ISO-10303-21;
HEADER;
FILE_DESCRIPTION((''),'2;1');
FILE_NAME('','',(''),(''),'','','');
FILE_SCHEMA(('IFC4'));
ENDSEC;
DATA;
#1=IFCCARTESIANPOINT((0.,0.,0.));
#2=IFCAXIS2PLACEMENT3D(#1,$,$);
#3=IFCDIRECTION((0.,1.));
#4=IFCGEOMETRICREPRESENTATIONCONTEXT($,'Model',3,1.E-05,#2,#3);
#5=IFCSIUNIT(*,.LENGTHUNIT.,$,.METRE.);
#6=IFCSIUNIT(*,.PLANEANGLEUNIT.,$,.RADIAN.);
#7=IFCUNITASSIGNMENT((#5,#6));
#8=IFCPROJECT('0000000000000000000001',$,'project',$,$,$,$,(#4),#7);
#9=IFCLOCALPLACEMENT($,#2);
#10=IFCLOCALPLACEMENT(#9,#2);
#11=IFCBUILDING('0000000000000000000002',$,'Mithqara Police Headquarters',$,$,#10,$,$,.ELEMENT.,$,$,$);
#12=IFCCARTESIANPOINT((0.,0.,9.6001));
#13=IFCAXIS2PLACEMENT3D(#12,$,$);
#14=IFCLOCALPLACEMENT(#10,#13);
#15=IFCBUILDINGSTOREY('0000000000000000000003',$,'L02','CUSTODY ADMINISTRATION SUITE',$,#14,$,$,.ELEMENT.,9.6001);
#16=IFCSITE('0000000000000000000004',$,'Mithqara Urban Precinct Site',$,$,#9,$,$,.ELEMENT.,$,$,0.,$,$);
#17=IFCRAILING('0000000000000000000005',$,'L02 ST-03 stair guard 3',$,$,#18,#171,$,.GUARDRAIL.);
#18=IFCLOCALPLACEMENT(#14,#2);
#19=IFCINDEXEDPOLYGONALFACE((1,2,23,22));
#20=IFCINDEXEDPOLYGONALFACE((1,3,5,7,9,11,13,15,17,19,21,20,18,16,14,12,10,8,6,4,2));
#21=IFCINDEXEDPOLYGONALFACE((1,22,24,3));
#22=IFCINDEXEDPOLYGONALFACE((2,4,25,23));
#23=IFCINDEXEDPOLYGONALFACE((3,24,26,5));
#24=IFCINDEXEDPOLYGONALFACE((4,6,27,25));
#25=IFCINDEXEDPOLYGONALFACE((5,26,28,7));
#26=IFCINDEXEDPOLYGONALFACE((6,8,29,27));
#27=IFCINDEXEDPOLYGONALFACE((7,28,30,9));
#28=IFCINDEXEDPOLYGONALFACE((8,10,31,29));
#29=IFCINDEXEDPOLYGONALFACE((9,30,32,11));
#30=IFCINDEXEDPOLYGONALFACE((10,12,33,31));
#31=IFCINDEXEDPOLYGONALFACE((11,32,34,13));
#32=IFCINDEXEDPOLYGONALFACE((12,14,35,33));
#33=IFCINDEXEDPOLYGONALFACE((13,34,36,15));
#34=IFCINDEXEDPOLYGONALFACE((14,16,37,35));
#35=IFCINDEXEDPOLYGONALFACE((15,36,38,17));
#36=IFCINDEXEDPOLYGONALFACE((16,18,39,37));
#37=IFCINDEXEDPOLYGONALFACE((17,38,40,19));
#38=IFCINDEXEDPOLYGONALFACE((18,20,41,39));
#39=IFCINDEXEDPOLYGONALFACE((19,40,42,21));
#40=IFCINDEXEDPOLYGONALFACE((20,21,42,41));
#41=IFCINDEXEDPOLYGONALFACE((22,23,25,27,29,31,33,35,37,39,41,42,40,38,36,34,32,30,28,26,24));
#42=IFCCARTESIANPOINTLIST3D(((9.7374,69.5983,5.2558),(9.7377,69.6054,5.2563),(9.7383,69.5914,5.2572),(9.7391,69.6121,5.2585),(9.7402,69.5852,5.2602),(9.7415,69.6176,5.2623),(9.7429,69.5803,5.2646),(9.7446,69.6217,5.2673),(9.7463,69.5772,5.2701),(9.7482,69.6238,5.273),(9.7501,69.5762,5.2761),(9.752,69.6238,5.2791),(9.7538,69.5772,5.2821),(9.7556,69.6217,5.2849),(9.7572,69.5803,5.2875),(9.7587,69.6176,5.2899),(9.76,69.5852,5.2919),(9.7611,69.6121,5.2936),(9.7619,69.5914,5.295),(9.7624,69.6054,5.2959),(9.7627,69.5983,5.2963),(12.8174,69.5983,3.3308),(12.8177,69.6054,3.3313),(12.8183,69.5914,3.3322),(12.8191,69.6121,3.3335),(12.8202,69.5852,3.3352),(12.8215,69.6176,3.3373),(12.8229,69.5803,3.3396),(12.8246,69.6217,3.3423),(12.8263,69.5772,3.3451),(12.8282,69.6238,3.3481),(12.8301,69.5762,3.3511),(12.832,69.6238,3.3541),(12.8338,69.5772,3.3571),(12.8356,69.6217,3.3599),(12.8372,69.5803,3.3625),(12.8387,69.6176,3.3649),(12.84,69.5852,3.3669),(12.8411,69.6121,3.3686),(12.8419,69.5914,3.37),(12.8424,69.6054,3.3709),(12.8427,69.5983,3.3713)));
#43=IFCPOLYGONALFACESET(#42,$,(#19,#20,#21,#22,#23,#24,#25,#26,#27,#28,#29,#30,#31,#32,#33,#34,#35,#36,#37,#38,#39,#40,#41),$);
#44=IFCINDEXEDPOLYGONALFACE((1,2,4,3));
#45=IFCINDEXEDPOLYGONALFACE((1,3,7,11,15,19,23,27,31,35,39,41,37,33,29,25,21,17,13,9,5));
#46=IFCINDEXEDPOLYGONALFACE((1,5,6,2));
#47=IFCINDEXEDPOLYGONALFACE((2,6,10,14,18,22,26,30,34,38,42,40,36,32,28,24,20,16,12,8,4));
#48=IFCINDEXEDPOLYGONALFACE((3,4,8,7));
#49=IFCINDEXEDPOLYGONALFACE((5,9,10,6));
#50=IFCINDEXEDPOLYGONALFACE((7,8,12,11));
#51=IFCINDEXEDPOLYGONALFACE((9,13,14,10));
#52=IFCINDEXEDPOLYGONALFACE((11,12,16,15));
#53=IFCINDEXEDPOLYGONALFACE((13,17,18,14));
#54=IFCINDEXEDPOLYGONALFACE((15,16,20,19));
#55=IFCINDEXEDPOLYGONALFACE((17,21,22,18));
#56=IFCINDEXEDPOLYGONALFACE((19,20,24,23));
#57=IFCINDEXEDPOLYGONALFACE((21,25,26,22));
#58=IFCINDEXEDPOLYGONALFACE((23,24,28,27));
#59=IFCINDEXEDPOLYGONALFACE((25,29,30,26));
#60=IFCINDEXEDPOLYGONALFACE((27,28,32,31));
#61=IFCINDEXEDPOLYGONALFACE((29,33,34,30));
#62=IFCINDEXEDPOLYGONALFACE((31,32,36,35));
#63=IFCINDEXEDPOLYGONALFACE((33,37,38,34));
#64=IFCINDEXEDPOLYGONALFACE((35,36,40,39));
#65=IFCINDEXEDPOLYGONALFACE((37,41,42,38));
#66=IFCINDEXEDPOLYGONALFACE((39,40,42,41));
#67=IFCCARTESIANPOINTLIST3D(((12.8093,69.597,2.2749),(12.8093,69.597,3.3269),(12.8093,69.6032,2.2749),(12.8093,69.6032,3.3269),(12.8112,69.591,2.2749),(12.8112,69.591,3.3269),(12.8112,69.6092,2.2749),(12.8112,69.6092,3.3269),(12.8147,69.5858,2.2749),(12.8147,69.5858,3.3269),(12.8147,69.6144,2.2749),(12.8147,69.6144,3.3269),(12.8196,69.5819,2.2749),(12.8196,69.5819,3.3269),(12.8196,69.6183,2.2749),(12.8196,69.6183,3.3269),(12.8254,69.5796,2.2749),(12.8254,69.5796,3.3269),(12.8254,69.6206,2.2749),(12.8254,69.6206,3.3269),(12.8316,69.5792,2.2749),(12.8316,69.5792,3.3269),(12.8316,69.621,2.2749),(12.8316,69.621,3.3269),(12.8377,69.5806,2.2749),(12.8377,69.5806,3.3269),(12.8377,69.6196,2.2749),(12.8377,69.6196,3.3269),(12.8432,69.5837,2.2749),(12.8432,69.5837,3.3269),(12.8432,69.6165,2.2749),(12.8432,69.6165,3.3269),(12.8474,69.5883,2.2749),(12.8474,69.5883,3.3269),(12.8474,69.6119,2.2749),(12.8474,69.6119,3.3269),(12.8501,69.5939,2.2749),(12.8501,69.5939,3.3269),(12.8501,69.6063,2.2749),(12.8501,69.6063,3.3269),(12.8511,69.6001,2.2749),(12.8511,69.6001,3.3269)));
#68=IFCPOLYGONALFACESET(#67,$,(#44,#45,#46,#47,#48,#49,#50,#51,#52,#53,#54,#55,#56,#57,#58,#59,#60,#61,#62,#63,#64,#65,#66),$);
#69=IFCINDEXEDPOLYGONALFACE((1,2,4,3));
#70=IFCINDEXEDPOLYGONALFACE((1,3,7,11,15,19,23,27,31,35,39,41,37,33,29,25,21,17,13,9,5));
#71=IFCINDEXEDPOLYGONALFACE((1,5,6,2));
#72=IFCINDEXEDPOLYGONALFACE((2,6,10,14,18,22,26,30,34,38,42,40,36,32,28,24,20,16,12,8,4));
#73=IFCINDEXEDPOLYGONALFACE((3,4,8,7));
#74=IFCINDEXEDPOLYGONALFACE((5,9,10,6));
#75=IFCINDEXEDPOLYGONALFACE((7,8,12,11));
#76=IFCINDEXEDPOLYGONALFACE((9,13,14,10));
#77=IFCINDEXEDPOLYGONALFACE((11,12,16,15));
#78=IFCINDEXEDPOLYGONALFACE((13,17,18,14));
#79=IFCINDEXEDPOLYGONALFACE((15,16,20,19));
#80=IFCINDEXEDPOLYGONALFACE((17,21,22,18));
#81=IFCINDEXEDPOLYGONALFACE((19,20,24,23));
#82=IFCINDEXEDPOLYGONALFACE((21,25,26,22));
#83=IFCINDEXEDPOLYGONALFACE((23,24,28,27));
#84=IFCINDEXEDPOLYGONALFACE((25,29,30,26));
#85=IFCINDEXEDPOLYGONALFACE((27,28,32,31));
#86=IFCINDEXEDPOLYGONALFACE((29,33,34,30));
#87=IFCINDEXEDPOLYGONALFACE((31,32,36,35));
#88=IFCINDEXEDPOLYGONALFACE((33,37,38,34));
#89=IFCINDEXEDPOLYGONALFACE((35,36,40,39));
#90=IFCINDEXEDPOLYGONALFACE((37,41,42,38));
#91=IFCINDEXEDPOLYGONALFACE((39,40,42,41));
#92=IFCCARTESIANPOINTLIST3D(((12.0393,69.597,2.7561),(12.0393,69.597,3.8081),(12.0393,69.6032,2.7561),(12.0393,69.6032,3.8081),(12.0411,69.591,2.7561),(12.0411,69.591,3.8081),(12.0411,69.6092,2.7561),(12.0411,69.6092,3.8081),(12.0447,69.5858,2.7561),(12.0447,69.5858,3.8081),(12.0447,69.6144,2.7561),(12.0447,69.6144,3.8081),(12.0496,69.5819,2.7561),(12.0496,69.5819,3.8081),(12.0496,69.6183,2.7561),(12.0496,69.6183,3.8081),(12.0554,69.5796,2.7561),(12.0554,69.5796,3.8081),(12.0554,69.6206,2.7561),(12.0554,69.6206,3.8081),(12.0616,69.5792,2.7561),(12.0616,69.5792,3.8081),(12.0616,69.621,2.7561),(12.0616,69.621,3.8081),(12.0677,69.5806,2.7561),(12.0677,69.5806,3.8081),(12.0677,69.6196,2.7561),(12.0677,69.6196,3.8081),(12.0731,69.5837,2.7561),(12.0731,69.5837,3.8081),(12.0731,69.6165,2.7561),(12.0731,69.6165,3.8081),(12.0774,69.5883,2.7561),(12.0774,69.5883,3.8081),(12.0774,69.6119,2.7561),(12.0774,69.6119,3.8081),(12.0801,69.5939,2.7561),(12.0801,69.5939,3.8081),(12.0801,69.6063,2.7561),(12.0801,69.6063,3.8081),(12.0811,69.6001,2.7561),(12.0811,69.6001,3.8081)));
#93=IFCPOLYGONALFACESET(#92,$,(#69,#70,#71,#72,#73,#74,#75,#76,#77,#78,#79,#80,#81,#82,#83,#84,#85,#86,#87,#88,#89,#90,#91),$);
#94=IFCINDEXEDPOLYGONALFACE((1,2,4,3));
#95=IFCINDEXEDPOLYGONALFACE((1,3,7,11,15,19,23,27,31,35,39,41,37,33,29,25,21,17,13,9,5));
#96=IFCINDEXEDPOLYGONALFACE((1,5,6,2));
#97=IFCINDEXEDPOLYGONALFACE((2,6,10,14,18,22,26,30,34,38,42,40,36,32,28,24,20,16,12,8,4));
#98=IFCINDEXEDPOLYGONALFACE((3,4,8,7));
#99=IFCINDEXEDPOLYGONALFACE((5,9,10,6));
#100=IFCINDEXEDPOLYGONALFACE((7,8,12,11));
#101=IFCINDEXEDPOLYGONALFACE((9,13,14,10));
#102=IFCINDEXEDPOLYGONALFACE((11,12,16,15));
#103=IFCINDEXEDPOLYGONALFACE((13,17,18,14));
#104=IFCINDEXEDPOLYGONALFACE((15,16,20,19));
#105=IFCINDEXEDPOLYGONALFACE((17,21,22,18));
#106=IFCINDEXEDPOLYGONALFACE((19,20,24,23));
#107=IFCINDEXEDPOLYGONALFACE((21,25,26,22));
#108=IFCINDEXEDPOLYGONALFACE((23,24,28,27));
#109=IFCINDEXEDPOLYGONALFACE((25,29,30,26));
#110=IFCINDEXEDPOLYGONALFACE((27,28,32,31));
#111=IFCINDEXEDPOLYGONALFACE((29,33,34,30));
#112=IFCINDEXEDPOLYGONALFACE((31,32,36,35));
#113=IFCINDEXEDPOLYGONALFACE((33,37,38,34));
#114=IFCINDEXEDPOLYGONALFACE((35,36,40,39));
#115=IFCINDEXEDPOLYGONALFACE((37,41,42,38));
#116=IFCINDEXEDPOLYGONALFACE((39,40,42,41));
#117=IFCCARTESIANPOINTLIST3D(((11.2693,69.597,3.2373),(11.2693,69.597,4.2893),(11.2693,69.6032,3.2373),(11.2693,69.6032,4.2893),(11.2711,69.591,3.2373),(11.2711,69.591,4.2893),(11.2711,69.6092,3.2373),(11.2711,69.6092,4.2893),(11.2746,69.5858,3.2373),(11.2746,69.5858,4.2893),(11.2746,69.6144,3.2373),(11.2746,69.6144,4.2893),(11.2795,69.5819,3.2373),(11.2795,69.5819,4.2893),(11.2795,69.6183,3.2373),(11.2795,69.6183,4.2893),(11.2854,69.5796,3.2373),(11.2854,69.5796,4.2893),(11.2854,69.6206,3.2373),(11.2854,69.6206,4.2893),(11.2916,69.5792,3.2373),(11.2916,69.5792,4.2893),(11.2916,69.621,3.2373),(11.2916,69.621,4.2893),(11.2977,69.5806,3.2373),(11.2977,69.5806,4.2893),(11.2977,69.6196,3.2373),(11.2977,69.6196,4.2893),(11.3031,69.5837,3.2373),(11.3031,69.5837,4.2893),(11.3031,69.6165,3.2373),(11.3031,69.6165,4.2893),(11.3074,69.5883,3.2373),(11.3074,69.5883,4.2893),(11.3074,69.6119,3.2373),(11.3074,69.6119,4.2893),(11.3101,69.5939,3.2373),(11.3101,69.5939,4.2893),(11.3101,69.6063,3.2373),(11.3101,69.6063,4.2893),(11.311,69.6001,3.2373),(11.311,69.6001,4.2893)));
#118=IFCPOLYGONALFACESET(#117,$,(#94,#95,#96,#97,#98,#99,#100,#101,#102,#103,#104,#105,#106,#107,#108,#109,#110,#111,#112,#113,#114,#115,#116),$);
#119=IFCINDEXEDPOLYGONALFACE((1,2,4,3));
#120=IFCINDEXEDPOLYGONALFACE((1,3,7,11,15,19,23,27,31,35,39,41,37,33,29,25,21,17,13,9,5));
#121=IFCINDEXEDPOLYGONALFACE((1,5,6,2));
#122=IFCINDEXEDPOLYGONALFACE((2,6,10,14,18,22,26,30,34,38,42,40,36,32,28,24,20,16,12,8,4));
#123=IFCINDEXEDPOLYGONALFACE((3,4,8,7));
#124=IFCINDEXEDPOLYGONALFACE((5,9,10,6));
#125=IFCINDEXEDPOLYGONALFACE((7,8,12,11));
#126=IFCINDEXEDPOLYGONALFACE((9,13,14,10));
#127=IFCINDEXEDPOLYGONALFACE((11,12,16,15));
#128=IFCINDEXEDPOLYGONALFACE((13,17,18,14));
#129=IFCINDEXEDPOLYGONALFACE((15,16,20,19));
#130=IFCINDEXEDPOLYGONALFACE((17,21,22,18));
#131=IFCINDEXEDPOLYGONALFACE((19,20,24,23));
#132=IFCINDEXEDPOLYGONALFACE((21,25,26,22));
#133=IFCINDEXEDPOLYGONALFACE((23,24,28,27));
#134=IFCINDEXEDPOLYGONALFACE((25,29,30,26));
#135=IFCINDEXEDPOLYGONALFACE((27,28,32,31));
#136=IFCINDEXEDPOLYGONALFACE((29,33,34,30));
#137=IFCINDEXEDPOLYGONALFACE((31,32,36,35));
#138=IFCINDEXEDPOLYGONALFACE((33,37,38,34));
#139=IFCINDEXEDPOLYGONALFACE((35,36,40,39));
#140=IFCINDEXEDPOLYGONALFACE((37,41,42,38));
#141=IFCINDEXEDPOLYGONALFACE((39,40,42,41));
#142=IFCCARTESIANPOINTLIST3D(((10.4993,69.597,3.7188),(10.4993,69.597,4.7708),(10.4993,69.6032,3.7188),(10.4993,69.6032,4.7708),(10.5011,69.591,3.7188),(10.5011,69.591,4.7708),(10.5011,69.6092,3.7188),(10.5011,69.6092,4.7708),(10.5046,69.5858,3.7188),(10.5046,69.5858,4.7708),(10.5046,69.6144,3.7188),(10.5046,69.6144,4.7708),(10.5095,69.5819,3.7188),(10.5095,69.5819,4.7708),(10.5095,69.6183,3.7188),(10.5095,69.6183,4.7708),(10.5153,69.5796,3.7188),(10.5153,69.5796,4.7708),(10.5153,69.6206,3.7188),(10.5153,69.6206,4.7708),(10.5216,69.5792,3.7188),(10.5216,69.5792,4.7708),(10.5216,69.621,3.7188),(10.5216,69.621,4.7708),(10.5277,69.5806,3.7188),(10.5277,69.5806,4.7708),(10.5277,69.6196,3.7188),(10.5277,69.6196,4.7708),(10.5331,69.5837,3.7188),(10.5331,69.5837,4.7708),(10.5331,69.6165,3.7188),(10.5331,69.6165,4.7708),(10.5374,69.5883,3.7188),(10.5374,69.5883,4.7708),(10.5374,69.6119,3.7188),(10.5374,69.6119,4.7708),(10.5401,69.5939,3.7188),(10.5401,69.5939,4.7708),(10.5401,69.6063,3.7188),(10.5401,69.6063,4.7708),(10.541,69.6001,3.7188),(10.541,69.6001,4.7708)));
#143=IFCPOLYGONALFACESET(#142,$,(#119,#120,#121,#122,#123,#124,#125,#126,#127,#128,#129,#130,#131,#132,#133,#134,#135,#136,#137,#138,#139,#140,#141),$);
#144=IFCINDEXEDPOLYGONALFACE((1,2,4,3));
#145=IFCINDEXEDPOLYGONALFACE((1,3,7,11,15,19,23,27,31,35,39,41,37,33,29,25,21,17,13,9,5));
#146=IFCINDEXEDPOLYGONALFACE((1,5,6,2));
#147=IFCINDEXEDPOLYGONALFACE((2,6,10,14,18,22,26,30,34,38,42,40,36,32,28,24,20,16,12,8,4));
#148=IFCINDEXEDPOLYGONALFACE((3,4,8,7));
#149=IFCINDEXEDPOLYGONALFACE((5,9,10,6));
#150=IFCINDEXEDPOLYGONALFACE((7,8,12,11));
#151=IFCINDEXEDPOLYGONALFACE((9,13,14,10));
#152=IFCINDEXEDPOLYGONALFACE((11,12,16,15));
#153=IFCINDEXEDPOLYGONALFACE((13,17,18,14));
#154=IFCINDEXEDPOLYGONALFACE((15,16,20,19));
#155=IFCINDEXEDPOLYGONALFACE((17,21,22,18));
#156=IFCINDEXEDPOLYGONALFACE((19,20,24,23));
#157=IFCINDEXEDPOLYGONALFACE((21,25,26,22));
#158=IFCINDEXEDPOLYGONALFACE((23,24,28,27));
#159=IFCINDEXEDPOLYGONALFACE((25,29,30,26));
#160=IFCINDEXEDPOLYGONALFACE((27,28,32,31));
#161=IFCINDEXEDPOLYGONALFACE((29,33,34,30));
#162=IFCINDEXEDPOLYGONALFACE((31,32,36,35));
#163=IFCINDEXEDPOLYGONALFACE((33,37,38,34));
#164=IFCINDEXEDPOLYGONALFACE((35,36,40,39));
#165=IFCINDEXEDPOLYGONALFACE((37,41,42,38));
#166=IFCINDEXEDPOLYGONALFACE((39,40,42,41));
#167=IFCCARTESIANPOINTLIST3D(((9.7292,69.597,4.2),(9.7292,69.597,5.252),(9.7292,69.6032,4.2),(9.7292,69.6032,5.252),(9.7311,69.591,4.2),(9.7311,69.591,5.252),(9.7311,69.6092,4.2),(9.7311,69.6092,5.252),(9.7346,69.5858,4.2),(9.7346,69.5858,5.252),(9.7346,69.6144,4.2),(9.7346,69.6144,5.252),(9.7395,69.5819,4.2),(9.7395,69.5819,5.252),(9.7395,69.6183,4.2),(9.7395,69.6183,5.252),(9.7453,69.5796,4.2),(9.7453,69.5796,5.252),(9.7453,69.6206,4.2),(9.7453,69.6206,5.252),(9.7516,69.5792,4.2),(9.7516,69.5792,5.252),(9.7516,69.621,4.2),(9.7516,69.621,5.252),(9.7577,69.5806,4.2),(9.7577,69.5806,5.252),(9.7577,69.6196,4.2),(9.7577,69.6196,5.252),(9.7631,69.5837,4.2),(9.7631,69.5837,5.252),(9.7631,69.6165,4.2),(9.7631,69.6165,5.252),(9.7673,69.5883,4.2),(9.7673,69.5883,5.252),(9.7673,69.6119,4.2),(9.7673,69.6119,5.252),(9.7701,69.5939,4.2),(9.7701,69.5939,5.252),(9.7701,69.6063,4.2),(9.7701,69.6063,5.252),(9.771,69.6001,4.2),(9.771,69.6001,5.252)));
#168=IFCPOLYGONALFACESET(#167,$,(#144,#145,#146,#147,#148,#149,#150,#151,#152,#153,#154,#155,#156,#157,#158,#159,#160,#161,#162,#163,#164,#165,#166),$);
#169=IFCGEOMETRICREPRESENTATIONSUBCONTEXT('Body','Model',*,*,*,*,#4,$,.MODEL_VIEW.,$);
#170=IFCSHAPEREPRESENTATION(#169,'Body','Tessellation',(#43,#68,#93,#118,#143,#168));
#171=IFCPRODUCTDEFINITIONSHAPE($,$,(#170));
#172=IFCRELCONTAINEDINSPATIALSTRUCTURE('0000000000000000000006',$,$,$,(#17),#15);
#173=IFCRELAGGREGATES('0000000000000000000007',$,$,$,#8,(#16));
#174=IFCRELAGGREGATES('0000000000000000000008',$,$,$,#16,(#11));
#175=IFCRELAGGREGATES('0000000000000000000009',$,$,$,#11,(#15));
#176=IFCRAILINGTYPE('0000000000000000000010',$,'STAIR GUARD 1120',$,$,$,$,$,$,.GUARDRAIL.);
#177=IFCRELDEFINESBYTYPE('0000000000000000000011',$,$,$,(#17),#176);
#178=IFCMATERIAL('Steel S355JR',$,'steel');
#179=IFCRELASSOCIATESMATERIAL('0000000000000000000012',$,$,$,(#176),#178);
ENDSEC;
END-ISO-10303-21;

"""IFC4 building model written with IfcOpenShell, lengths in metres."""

from ifc_helpers import new_model, si_unit, direction, frame, origin, origin_2d, place, context, subcontext, project, spatial, circle, extrude, material, type_object, element, save


model = new_model("IFC4")

# Units and contexts
model_context = context("Model", 3, precision=1e-05, world=origin(), true_north=direction((0.0, 1.0)))
body_context = subcontext(model_context, "Body", "Model", "MODEL_VIEW")
ifc_project = project(units=[si_unit("LENGTHUNIT", "METRE"), si_unit("PLANEANGLEUNIT", "RADIAN")], contexts=[model_context])

# Site, building, storey
site_placement = place(None, origin())
site = spatial("IfcSite", under=ifc_project, at=site_placement, Name="Mithqara Urban Precinct Site", CompositionType="ELEMENT", RefElevation=0.0)
building_placement = place(site_placement, origin())
building = spatial("IfcBuilding", under=site, at=building_placement, Name="Mithqara Police Headquarters", CompositionType="ELEMENT")
storey_placement = place(building_placement, frame((0.0, 0.0, 9.6001)))
storey = spatial("IfcBuildingStorey", under=building, at=storey_placement, Name="L02", Description="CUSTODY ADMINISTRATION SUITE", CompositionType="ELEMENT", Elevation=9.6001)

# Shared definitions
ifc_material_1 = material(Name="Steel S355JR", Category="steel")

# Railing
railing_type_1 = type_object("IfcRailingType", Name="STAIR GUARD 1120", PredefinedType="GUARDRAIL", material=ifc_material_1)
railing_1_placement = place(storey_placement, frame((12.8301, 69.6001, 2.2749)))
element("IfcRailing", 1, at=railing_1_placement, inside=storey, type_object=railing_type_1, Name="L02 ST-03 stair guard 3", PredefinedType="GUARDRAIL", context=body_context, shape_type="SweptSolid", body=[
    extrude(circle(Radius=0.0239, at=origin_2d()), frame((0.0, 0.0, 1.0762), z_axis=(-0.847998, 0.0, 0.529999), x_axis=(0.0, -1.0, 0.0)), (0.0, 0.0, 1.0), 3.6321),
    extrude(circle(Radius=0.021, at=origin_2d()), origin(), (0.0, 0.0, 1.0), 1.052),
    extrude(circle(Radius=0.021, at=origin_2d()), frame((-0.77, 0.0, 0.4812)), (0.0, 0.0, 1.0), 1.052),
    extrude(circle(Radius=0.021, at=origin_2d()), frame((-1.54, 0.0, 0.9624)), (0.0, 0.0, 1.0), 1.052),
    extrude(circle(Radius=0.021, at=origin_2d()), frame((-2.3101, 0.0, 1.4438)), (0.0, 0.0, 1.0), 1.052),
    extrude(circle(Radius=0.021, at=origin_2d()), frame((-3.0801, 0.0, 1.925)), (0.0, 0.0, 1.0), 1.052),
])

save(model, "model.ifc")
